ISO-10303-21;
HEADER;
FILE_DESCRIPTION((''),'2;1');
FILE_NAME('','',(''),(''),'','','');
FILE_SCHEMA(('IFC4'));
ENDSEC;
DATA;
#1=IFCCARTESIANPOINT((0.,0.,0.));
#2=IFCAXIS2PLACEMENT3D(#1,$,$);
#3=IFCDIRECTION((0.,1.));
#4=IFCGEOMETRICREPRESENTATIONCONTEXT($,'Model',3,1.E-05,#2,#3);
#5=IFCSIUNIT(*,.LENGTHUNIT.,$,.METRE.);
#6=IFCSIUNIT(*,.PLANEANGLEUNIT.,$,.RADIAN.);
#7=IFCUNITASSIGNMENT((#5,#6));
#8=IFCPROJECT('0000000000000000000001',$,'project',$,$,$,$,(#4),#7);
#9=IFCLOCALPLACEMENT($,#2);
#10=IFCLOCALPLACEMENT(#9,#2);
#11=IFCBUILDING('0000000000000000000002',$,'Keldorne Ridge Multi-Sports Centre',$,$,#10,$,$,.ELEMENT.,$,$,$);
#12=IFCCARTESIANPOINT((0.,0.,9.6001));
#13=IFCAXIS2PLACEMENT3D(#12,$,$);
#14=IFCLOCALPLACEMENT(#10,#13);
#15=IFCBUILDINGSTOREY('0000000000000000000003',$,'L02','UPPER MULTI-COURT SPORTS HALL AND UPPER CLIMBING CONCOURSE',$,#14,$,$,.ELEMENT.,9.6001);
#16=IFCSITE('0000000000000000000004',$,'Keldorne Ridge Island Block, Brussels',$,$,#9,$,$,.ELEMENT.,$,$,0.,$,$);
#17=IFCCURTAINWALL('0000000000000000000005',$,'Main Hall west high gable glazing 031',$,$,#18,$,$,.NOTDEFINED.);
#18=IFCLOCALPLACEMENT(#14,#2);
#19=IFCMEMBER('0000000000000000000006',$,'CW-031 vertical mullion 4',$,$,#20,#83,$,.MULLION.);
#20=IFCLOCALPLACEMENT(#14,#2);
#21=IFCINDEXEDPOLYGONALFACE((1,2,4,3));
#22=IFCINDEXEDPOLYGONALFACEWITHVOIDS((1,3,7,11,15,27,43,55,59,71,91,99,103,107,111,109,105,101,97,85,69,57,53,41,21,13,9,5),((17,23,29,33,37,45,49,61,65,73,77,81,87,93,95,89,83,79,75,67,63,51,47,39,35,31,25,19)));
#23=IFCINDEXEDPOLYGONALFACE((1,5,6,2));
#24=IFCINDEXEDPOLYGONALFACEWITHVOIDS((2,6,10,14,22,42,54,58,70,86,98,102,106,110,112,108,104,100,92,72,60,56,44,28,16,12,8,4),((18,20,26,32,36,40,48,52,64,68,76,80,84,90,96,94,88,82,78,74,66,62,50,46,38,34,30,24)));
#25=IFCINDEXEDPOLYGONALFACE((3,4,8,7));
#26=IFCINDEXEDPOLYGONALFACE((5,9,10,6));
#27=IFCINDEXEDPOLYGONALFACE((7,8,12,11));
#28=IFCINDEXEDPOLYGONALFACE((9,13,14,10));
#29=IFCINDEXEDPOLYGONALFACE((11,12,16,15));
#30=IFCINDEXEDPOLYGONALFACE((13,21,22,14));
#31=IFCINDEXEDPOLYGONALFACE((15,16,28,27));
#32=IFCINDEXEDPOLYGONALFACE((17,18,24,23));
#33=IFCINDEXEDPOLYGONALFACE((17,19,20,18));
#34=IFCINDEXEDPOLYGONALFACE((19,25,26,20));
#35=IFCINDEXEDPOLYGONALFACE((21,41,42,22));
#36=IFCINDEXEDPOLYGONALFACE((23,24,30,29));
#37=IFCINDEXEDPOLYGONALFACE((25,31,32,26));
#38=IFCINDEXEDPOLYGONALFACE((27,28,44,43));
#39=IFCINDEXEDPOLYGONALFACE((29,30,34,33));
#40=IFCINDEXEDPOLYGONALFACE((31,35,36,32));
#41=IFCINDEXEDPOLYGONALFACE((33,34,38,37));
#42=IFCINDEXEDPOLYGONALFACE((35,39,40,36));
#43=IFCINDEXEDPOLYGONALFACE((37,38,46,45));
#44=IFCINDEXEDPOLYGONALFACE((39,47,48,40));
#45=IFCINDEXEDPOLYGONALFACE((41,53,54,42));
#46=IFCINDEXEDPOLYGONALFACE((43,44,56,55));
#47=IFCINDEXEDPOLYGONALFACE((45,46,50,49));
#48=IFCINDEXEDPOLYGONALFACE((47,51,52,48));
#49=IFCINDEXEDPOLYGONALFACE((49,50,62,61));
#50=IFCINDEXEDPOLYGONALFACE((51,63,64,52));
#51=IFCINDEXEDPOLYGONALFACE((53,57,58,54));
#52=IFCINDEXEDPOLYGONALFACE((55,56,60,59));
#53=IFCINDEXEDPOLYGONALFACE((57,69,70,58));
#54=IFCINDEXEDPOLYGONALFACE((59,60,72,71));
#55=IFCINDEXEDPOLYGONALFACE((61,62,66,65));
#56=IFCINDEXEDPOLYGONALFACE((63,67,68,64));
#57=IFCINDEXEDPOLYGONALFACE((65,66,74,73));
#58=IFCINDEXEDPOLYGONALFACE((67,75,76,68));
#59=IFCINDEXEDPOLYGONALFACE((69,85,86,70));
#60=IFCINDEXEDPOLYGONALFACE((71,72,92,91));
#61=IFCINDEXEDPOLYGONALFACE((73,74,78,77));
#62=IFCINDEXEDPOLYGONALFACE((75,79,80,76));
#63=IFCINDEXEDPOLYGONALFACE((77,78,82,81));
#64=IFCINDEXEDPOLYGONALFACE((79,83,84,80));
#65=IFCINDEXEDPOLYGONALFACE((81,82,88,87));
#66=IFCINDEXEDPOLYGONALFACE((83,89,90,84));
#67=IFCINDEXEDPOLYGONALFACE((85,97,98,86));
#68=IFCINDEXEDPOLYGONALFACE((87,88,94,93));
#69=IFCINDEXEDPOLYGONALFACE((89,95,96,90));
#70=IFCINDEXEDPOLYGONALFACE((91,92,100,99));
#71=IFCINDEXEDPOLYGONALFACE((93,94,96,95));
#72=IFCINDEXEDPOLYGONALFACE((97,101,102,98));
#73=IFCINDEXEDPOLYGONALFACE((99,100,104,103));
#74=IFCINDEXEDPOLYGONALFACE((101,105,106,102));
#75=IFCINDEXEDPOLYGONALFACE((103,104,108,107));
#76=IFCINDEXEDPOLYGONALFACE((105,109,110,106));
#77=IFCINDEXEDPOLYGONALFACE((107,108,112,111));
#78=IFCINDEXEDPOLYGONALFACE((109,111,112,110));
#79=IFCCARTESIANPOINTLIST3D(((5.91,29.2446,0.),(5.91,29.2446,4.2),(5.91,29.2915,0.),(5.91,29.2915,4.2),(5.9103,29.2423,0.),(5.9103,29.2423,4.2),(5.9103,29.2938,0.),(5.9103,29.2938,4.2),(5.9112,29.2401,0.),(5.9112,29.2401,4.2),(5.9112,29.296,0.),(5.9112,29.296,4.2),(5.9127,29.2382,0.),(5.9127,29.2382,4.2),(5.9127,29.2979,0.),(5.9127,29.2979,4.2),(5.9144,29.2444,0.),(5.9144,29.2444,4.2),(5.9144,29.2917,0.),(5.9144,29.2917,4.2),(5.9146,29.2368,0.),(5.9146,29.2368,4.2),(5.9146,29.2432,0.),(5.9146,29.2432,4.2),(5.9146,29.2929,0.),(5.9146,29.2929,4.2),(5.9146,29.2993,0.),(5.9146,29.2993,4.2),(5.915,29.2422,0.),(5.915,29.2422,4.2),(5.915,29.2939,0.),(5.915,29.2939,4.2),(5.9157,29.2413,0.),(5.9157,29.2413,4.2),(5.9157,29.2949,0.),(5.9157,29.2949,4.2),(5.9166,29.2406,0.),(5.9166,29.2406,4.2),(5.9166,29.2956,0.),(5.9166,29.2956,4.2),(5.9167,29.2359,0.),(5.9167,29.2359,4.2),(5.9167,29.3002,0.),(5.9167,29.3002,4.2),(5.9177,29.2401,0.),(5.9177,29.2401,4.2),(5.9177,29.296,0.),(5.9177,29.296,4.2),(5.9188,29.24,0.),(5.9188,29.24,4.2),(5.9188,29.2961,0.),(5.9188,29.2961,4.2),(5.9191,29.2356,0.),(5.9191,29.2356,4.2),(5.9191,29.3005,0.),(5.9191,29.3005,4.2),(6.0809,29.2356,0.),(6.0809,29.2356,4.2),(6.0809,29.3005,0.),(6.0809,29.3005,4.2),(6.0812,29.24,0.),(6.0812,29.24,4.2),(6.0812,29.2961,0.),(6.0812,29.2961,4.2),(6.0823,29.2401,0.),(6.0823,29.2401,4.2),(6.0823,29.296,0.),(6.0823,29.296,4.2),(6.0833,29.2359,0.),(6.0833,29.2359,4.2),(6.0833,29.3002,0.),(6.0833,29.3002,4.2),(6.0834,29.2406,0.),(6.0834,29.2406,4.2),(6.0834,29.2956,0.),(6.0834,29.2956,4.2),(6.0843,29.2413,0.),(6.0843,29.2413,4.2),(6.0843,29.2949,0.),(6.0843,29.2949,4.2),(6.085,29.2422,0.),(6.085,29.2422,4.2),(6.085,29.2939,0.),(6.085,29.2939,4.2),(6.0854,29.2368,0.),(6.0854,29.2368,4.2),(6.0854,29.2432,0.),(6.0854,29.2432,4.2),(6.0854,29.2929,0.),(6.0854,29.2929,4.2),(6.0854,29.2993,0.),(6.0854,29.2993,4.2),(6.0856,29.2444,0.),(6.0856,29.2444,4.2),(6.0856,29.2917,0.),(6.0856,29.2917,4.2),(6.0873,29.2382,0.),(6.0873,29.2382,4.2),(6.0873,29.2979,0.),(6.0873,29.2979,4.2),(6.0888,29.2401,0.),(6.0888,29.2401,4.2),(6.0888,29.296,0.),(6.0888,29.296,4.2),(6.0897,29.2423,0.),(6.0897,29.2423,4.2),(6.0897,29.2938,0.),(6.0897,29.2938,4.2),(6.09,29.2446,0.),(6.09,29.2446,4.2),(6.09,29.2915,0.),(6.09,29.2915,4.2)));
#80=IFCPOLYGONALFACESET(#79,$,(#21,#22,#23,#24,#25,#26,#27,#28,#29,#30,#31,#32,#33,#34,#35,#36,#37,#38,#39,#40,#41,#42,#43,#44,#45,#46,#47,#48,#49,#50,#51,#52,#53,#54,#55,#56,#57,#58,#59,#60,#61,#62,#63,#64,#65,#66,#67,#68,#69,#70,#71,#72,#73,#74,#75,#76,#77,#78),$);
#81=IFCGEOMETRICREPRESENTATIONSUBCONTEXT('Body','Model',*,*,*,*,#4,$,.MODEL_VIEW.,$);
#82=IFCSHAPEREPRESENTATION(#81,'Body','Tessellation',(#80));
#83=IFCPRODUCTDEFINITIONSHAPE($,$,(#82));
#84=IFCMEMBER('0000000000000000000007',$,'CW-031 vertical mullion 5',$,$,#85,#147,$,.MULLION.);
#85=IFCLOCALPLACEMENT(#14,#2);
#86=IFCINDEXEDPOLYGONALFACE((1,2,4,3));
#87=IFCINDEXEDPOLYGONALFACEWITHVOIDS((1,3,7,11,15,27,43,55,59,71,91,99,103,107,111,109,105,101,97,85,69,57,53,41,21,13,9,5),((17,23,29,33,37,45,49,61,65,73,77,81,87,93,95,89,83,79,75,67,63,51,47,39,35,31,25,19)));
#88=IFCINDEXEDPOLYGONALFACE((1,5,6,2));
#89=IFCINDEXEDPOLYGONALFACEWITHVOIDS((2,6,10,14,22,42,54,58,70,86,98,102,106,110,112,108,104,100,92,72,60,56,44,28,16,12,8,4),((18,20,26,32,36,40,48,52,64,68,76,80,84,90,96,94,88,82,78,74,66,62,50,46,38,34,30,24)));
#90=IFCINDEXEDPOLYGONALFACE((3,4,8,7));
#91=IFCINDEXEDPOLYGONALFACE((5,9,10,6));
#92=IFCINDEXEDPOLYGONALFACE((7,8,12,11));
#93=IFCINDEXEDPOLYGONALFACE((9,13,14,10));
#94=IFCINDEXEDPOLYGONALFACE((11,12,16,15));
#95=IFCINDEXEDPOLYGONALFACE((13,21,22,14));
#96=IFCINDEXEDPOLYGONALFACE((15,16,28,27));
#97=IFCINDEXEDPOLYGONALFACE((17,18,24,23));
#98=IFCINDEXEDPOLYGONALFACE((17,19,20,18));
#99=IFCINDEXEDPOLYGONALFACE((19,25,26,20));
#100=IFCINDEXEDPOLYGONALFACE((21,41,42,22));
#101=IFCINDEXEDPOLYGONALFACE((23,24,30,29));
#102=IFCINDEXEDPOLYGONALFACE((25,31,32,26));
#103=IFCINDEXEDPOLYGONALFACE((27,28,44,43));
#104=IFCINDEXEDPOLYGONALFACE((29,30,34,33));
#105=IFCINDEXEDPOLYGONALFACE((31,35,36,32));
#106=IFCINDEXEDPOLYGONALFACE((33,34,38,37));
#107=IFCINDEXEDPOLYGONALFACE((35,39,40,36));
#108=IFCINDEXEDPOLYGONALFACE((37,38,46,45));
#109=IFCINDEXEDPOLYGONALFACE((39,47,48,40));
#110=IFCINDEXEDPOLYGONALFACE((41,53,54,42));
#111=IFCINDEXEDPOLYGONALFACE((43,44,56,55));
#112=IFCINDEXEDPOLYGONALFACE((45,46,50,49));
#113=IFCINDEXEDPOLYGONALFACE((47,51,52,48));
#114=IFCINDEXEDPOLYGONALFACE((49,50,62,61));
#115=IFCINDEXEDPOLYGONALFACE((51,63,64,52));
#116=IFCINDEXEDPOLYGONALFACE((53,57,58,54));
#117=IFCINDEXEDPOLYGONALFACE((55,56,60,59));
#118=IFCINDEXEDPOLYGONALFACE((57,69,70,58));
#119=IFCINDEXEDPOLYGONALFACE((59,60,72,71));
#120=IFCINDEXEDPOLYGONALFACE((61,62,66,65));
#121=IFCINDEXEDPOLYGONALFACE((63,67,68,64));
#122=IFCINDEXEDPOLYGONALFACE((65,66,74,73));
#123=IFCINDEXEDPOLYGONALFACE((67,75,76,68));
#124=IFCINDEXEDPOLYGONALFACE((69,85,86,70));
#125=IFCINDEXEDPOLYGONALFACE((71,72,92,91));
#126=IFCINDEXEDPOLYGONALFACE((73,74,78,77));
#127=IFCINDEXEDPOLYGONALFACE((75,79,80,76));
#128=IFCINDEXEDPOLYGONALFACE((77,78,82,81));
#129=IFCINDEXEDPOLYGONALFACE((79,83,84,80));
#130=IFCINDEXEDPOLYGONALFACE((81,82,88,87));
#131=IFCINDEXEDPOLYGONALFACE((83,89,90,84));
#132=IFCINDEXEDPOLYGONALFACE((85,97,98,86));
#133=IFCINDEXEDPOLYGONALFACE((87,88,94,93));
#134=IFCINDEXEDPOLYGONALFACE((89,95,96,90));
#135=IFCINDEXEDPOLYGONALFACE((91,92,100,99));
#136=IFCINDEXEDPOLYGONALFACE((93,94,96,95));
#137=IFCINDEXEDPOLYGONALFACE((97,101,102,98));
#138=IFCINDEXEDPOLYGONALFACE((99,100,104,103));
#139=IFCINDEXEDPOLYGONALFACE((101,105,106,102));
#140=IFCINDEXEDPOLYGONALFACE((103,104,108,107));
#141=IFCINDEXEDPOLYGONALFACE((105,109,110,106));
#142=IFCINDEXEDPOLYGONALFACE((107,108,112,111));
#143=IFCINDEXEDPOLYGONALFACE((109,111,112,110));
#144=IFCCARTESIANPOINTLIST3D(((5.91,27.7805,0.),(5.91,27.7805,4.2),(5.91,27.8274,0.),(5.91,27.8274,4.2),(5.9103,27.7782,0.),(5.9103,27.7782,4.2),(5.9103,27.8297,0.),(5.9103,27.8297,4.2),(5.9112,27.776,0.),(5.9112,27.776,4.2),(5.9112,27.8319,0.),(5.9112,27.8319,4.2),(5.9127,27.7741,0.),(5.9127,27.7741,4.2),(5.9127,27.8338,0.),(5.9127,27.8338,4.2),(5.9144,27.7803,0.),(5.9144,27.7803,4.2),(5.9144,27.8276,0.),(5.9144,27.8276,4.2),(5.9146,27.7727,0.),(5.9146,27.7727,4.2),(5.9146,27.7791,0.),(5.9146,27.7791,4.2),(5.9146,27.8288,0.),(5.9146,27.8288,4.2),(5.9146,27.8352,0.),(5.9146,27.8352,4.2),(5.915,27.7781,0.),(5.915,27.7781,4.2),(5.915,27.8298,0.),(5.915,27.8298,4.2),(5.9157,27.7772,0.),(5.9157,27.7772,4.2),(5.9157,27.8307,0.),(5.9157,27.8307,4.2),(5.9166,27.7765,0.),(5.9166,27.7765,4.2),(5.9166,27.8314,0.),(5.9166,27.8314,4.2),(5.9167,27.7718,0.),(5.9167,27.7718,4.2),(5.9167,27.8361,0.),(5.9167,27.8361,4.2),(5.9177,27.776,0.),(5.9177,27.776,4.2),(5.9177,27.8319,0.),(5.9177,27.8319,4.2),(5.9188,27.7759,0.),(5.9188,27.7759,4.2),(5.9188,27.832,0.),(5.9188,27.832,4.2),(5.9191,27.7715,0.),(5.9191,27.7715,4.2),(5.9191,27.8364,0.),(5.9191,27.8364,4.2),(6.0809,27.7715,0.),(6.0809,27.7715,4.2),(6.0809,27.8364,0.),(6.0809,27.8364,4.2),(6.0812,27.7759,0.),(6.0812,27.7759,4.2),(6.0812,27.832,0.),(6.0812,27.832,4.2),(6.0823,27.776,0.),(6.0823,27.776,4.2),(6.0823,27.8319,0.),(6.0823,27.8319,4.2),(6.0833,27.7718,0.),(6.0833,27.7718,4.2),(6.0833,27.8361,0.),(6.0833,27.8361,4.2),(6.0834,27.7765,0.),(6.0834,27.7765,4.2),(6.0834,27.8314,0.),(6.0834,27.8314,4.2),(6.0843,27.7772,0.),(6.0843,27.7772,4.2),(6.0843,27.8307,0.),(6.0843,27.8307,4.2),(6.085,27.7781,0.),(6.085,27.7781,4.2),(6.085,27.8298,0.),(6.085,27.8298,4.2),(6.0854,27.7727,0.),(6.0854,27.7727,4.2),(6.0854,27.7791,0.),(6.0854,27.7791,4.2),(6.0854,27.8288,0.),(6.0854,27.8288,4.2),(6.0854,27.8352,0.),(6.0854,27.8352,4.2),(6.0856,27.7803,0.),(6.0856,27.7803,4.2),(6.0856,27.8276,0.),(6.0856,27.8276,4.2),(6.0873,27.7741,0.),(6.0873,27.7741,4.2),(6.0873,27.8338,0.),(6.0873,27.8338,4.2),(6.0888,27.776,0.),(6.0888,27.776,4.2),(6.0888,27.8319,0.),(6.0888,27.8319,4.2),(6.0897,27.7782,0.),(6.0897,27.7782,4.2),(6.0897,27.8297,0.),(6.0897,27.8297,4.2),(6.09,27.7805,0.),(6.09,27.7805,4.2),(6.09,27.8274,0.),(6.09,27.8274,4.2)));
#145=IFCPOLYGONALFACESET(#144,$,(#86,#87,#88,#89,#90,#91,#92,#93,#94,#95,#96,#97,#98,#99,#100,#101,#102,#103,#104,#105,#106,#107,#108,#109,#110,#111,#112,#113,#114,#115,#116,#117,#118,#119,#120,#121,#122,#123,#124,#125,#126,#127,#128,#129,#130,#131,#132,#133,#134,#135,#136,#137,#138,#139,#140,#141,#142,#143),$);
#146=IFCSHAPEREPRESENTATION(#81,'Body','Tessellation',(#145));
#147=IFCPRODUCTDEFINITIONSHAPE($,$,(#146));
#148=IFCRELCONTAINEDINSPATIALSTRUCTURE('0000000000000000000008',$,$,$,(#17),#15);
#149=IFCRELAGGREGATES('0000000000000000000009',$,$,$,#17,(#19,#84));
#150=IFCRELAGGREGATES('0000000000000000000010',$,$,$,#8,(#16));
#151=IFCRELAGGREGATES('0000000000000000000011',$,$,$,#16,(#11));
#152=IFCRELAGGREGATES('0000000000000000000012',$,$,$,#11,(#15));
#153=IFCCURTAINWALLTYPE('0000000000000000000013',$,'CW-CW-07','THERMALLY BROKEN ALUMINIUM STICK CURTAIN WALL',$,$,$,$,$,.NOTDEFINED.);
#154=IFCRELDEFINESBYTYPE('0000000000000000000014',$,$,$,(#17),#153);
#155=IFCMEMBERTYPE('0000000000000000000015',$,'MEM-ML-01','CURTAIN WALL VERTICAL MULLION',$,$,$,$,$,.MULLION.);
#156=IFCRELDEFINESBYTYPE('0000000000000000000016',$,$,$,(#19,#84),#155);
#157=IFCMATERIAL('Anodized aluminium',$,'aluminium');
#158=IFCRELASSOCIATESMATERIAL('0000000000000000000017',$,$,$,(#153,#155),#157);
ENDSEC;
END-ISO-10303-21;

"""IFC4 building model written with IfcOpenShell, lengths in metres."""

from ifc_helpers import new_model, si_unit, direction, frame, origin, origin_2d, place, context, subcontext, project, spatial, hollow_rectangle, extrude, material, material_profile, profile_set, type_object, element, aggregate, save


model = new_model("IFC4")

# Units and contexts
model_context = context("Model", 3, precision=1e-05, world=origin(), true_north=direction((0.0, 1.0)))
body_context = subcontext(model_context, "Body", "Model", "MODEL_VIEW")
ifc_project = project(units=[si_unit("LENGTHUNIT", "METRE"), si_unit("PLANEANGLEUNIT", "RADIAN")], contexts=[model_context])

# Site, building, storey
site_placement = place(None, origin())
site = spatial("IfcSite", under=ifc_project, at=site_placement, Name="Keldorne Ridge Island Block, Brussels", CompositionType="ELEMENT", RefElevation=0.0)
building_placement = place(site_placement, origin())
building = spatial("IfcBuilding", under=site, at=building_placement, Name="Keldorne Ridge Multi-Sports Centre", CompositionType="ELEMENT")
storey_placement = place(building_placement, frame((0.0, 0.0, 9.6001)))
storey = spatial("IfcBuildingStorey", under=building, at=storey_placement, Name="L02", Description="UPPER MULTI-COURT SPORTS HALL AND UPPER CLIMBING CONCOURSE", CompositionType="ELEMENT", Elevation=9.6001)

# Curtain wall, members
ifc_material_1 = material(Name="Anodized aluminium", Category="aluminium")
curtain_wall_type_1 = type_object("IfcCurtainWallType", Name="CW-CW-07", Description="THERMALLY BROKEN ALUMINIUM STICK CURTAIN WALL", PredefinedType="NOTDEFINED", material=ifc_material_1)
curtain_wall_1_placement = place(storey_placement, origin())
curtain_wall_1 = element("IfcCurtainWall", 1, at=curtain_wall_1_placement, inside=storey, type_object=curtain_wall_type_1, Name="Main Hall west high gable glazing 031", PredefinedType="NOTDEFINED")
ifc_material_profile_1 = material_profile(ifc_material_1, hollow_rectangle(XDim=0.0649, YDim=0.1799, WallThickness=0.0044, InnerFilletRadius=0.0044, OuterFilletRadius=0.009, at=origin_2d()), Name="ALU MULLION 180x65x4.5")
ifc_profile_set_1 = profile_set([ifc_material_profile_1], Name="Anodized aluminium")
member_type_1 = type_object("IfcMemberType", Name="MEM-ML-01", Description="CURTAIN WALL VERTICAL MULLION", PredefinedType="MULLION", material=ifc_profile_set_1)
member_1_placement = place(storey_placement, frame((6.0, 29.2681, 0.0), z_axis=(0.0, 0.0, 1.0), x_axis=(0.0, 1.0, 0.0)))
member_1 = element("IfcMember", 2, at=member_1_placement, type_object=member_type_1, Name="CW-031 vertical mullion 4", PredefinedType="MULLION", context=body_context, shape_type="SweptSolid", body=[
    extrude(hollow_rectangle(XDim=0.0649, YDim=0.1799, WallThickness=0.0044, InnerFilletRadius=0.0044, OuterFilletRadius=0.009, at=origin_2d()), origin(), (0.0, 0.0, 1.0), 4.2),
])
member_2_placement = place(storey_placement, frame((6.0, 27.804, 0.0), z_axis=(0.0, 0.0, 1.0), x_axis=(0.0, 1.0, 0.0)))
member_2 = element("IfcMember", 3, at=member_2_placement, type_object=member_type_1, Name="CW-031 vertical mullion 5", PredefinedType="MULLION", context=body_context, shape_type="SweptSolid", body=[
    extrude(hollow_rectangle(XDim=0.0649, YDim=0.1799, WallThickness=0.0044, InnerFilletRadius=0.0044, OuterFilletRadius=0.009, at=origin_2d()), origin(), (0.0, 0.0, 1.0), 4.2),
])

aggregate(curtain_wall_1, [member_1, member_2])

save(model, "model.ifc")
